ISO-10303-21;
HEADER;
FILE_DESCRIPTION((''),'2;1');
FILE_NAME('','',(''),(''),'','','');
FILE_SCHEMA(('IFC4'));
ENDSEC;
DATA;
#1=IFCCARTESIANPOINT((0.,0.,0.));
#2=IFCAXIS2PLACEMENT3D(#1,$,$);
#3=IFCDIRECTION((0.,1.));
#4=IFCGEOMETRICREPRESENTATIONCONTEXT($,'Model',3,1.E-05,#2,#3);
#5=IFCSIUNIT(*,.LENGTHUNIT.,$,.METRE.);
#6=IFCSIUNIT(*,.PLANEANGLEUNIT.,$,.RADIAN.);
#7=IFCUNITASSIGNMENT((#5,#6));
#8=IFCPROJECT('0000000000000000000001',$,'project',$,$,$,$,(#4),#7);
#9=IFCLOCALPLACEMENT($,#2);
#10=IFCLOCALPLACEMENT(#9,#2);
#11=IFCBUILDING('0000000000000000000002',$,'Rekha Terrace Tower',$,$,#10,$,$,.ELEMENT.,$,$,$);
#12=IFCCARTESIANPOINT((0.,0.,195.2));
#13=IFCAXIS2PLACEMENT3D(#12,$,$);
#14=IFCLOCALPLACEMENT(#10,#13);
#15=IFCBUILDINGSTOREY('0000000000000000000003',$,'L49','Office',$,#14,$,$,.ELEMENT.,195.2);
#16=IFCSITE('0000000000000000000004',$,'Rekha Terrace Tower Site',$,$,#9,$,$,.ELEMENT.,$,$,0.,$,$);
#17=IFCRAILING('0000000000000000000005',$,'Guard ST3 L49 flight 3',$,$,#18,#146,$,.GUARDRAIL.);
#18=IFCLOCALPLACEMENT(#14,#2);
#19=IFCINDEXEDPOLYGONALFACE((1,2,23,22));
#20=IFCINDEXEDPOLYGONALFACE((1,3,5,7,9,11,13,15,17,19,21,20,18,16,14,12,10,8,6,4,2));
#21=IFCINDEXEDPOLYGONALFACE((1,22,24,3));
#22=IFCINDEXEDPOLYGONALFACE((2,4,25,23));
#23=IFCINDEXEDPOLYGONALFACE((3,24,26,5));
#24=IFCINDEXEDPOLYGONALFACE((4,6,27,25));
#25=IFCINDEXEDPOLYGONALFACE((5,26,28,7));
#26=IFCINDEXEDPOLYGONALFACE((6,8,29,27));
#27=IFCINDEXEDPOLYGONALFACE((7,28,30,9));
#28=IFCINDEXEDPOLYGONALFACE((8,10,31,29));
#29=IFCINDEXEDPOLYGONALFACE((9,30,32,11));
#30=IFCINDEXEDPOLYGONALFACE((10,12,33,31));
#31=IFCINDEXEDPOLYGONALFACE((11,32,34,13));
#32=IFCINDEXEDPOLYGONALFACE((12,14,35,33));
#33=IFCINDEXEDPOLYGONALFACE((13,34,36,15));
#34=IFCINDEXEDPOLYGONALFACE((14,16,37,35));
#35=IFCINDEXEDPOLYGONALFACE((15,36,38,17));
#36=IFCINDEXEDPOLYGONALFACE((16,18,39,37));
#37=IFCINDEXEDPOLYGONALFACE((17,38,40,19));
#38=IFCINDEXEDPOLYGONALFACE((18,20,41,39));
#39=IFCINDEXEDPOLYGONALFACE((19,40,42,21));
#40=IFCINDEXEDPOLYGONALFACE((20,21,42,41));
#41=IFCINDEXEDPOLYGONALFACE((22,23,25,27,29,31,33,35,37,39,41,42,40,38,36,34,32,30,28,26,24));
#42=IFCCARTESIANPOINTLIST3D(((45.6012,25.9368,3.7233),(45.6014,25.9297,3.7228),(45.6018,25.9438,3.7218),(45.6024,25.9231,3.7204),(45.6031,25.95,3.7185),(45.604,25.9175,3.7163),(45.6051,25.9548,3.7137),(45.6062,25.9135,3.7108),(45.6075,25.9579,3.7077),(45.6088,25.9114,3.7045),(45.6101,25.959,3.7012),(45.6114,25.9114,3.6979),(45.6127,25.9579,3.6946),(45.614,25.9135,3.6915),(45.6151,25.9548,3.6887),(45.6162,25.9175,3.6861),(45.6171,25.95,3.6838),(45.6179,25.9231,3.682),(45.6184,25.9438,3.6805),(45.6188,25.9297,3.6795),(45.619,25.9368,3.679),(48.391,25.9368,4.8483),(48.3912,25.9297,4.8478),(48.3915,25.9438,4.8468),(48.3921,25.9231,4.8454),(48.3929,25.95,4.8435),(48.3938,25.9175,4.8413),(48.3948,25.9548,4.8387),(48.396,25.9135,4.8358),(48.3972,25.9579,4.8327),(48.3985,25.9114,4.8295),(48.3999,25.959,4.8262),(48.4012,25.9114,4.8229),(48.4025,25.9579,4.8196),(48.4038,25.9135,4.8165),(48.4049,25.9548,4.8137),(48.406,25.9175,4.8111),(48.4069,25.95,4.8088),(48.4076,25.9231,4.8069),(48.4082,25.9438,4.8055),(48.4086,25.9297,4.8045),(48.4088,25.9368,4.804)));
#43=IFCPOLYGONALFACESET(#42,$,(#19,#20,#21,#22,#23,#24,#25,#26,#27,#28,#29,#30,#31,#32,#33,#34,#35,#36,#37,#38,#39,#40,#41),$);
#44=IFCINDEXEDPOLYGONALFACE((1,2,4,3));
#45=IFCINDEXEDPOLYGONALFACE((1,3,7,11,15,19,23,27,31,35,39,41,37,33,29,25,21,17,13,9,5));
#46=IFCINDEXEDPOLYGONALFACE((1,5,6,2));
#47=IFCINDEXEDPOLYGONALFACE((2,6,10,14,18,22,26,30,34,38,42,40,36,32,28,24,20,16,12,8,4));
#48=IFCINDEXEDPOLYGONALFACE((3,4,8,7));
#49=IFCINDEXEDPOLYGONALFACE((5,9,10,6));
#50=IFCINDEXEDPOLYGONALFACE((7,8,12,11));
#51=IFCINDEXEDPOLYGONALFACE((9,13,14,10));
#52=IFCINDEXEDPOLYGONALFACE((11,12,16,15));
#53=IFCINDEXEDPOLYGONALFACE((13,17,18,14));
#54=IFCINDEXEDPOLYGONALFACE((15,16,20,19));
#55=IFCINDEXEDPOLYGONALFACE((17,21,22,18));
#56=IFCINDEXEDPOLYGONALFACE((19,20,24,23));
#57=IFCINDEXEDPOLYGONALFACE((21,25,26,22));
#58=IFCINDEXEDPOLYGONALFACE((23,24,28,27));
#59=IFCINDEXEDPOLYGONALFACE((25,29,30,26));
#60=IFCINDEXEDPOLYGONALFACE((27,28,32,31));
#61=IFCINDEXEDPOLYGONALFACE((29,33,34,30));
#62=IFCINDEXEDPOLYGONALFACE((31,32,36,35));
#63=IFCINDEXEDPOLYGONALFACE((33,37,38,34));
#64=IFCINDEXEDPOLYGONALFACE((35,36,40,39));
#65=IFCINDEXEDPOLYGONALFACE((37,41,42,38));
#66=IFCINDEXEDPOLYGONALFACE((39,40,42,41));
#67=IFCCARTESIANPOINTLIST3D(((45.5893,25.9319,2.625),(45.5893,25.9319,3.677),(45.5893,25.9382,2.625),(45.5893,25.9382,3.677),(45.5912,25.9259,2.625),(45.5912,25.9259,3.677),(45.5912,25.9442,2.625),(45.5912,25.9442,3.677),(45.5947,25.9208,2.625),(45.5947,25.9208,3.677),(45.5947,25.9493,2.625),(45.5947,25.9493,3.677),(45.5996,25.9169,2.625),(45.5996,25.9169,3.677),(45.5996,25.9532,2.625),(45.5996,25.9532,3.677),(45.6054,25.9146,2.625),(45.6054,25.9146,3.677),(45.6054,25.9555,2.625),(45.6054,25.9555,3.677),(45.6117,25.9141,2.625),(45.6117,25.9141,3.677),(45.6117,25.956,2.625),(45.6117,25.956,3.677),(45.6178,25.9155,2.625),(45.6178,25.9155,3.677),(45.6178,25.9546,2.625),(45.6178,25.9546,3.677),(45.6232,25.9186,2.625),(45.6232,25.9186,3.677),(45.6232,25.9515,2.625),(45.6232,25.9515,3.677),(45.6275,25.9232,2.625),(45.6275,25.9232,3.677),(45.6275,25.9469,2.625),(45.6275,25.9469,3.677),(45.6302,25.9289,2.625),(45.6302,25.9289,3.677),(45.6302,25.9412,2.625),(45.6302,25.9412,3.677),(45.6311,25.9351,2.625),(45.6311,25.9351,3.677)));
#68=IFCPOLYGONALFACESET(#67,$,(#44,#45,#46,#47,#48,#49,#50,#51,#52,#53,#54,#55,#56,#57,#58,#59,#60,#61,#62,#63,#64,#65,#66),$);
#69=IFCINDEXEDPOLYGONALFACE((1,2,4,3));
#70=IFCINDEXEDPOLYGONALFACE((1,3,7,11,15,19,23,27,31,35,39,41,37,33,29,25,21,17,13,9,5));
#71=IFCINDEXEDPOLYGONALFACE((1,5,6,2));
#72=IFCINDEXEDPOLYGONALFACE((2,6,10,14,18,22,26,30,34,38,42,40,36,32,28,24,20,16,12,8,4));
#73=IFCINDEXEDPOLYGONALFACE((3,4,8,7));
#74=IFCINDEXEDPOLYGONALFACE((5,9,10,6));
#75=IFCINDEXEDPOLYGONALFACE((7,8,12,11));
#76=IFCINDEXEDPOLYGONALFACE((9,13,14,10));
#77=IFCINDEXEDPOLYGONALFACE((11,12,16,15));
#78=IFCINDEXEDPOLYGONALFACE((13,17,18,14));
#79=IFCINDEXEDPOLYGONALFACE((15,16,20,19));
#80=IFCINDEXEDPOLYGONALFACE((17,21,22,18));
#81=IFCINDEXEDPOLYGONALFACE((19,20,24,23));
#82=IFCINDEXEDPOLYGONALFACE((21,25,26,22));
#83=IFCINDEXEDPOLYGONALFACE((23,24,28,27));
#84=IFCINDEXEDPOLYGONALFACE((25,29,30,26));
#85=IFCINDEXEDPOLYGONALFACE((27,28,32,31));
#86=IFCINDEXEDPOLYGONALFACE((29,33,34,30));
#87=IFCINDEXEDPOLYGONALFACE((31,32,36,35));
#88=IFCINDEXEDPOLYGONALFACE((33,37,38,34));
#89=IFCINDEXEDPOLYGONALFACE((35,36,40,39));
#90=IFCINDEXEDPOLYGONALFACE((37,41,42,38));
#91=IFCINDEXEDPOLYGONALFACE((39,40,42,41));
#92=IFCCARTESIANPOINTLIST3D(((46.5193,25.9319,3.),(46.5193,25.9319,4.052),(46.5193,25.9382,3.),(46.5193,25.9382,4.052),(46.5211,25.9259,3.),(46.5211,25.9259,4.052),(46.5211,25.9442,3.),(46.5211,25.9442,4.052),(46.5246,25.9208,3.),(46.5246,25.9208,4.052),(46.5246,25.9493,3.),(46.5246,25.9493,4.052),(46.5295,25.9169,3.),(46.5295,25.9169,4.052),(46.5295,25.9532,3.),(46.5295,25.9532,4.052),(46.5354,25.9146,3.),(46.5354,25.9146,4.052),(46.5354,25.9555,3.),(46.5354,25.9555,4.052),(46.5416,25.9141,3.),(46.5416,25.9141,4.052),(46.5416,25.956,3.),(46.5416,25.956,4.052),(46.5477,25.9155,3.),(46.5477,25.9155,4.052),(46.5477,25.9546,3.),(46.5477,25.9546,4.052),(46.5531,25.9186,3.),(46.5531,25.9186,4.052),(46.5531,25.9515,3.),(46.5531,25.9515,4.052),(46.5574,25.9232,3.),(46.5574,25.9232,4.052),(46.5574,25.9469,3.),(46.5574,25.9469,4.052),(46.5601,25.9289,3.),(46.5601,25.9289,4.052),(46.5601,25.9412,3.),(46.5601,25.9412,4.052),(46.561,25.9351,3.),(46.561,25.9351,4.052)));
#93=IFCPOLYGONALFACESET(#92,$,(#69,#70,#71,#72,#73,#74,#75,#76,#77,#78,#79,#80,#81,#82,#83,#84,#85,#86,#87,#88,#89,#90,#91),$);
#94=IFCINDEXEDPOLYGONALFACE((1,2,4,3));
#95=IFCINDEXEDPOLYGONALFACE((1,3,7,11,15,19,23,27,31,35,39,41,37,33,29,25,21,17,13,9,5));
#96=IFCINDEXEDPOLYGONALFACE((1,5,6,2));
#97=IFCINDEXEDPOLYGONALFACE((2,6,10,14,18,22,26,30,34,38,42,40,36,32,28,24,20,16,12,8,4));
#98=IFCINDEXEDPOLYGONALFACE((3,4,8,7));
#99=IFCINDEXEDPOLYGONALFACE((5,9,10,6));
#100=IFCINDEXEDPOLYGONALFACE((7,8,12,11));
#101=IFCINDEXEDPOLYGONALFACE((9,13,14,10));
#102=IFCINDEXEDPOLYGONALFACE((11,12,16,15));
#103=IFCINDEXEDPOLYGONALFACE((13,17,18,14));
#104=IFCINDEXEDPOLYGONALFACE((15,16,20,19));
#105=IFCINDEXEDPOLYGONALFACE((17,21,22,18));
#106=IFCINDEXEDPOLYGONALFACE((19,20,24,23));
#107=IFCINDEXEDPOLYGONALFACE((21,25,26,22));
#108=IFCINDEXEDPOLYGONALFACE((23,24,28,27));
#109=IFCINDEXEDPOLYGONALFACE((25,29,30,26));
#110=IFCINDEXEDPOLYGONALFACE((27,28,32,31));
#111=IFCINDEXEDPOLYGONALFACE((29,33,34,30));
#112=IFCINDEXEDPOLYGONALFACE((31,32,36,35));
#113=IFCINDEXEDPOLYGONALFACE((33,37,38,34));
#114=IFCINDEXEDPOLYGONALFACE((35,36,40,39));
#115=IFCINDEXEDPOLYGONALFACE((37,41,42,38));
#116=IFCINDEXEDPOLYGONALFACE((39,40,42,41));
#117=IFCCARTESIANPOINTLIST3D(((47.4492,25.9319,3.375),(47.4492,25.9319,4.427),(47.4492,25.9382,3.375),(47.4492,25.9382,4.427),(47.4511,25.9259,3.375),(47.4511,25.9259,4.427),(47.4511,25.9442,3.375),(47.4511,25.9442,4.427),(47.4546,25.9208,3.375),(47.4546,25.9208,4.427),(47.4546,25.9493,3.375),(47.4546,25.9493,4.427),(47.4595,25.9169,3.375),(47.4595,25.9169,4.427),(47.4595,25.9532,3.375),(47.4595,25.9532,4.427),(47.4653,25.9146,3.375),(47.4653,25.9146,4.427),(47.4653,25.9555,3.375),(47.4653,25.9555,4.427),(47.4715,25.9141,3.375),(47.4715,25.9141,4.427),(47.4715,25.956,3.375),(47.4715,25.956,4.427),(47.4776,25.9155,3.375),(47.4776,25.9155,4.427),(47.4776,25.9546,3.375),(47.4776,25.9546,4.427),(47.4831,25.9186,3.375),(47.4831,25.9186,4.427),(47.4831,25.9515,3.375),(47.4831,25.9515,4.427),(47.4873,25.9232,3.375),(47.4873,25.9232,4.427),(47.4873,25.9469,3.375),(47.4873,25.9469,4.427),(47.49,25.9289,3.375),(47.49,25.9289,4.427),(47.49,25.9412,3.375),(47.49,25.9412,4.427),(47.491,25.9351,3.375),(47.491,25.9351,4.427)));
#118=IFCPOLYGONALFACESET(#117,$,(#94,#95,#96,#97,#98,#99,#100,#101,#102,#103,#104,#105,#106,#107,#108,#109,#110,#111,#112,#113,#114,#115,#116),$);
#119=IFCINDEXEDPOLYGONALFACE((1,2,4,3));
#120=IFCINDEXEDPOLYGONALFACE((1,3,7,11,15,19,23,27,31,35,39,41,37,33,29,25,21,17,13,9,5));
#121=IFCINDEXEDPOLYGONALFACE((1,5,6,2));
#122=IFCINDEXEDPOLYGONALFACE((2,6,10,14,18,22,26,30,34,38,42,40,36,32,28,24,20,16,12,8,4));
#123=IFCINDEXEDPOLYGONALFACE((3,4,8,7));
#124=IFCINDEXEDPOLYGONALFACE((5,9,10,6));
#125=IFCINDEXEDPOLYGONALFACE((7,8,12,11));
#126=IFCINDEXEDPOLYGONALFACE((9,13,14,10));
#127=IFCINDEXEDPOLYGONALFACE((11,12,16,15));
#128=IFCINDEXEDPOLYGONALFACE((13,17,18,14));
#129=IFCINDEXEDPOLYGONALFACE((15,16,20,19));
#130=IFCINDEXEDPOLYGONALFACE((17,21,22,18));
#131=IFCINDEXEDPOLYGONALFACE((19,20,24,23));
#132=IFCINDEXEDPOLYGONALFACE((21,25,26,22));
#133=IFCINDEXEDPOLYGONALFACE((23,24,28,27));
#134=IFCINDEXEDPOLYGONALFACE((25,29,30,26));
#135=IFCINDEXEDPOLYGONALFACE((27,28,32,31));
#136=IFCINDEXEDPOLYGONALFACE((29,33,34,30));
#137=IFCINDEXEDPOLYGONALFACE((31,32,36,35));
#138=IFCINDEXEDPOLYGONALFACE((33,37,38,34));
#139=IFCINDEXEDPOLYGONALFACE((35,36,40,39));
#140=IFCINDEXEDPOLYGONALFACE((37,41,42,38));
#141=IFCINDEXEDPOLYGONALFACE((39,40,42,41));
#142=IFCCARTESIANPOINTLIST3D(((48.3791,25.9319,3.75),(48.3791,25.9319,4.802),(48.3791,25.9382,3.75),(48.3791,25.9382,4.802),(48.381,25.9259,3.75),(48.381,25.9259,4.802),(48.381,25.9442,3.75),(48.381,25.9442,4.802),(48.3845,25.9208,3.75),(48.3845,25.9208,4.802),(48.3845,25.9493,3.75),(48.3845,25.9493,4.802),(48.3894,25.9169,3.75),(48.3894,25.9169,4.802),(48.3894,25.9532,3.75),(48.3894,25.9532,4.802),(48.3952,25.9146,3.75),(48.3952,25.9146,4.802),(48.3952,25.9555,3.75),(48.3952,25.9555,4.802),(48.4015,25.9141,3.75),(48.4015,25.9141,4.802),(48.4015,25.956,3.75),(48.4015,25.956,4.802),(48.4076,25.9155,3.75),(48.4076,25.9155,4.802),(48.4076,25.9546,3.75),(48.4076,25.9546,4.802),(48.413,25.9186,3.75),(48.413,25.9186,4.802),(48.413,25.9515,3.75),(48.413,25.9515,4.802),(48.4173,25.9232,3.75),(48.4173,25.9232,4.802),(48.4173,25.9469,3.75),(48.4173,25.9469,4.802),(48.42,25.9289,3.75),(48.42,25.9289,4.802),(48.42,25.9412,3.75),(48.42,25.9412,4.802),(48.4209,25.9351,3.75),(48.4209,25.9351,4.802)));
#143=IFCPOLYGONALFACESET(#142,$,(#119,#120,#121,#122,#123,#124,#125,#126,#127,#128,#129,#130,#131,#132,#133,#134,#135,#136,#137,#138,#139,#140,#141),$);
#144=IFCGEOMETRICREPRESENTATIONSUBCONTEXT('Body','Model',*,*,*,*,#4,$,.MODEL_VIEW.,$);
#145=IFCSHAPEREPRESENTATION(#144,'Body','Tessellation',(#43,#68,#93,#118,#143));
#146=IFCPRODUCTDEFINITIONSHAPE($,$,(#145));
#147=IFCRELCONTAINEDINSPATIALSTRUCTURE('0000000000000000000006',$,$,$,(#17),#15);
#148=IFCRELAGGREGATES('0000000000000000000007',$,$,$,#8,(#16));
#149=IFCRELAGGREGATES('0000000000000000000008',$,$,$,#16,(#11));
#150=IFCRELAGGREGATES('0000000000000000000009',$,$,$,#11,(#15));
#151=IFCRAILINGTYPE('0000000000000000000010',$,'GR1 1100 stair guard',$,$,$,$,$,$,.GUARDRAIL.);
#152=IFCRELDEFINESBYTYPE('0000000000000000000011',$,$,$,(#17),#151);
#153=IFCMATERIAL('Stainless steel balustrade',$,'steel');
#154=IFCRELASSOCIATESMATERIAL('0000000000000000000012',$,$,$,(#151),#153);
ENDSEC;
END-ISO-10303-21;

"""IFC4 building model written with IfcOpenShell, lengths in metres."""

from ifc_helpers import new_model, si_unit, direction, frame, origin, origin_2d, place, context, subcontext, project, spatial, circle, extrude, material, type_object, element, save


model = new_model("IFC4")

# Units and contexts
model_context = context("Model", 3, precision=1e-05, world=origin(), true_north=direction((0.0, 1.0)))
body_context = subcontext(model_context, "Body", "Model", "MODEL_VIEW")
ifc_project = project(units=[si_unit("LENGTHUNIT", "METRE"), si_unit("PLANEANGLEUNIT", "RADIAN")], contexts=[model_context])

# Site, building, storey
site_placement = place(None, origin())
site = spatial("IfcSite", under=ifc_project, at=site_placement, Name="Rekha Terrace Tower Site", CompositionType="ELEMENT", RefElevation=0.0)
building_placement = place(site_placement, origin())
building = spatial("IfcBuilding", under=site, at=building_placement, Name="Rekha Terrace Tower", CompositionType="ELEMENT")
storey_placement = place(building_placement, frame((0.0, 0.0, 195.2)))
storey = spatial("IfcBuildingStorey", under=building, at=storey_placement, Name="L49", Description="Office", CompositionType="ELEMENT", Elevation=195.2)

# Railing
ifc_material_1 = material(Name="Stainless steel balustrade", Category="steel")
railing_type_1 = type_object("IfcRailingType", Name="GR1 1100 stair guard", PredefinedType="GUARDRAIL", material=ifc_material_1)
railing_1_placement = place(storey_placement, frame((45.6101, 25.9351, 2.625)))
element("IfcRailing", 1, at=railing_1_placement, inside=storey, type_object=railing_type_1, Name="Guard ST3 L49 flight 3", PredefinedType="GUARDRAIL", context=body_context, shape_type="SweptSolid", body=[
    extrude(circle(Radius=0.0239, at=origin_2d()), frame((0.0, 0.0, 1.0762), z_axis=(0.927432, 0.0, 0.373992), x_axis=(0.0, 1.0, 0.0)), (0.0, 0.0, 1.0), 3.0081),
    extrude(circle(Radius=0.021, at=origin_2d()), origin(), (0.0, 0.0, 1.0), 1.052),
    extrude(circle(Radius=0.021, at=origin_2d()), frame((0.9299, 0.0, 0.375)), (0.0, 0.0, 1.0), 1.052),
    extrude(circle(Radius=0.021, at=origin_2d()), frame((1.8599, 0.0, 0.75)), (0.0, 0.0, 1.0), 1.052),
    extrude(circle(Radius=0.021, at=origin_2d()), frame((2.7898, 0.0, 1.125)), (0.0, 0.0, 1.0), 1.052),
])

save(model, "model.ifc")
